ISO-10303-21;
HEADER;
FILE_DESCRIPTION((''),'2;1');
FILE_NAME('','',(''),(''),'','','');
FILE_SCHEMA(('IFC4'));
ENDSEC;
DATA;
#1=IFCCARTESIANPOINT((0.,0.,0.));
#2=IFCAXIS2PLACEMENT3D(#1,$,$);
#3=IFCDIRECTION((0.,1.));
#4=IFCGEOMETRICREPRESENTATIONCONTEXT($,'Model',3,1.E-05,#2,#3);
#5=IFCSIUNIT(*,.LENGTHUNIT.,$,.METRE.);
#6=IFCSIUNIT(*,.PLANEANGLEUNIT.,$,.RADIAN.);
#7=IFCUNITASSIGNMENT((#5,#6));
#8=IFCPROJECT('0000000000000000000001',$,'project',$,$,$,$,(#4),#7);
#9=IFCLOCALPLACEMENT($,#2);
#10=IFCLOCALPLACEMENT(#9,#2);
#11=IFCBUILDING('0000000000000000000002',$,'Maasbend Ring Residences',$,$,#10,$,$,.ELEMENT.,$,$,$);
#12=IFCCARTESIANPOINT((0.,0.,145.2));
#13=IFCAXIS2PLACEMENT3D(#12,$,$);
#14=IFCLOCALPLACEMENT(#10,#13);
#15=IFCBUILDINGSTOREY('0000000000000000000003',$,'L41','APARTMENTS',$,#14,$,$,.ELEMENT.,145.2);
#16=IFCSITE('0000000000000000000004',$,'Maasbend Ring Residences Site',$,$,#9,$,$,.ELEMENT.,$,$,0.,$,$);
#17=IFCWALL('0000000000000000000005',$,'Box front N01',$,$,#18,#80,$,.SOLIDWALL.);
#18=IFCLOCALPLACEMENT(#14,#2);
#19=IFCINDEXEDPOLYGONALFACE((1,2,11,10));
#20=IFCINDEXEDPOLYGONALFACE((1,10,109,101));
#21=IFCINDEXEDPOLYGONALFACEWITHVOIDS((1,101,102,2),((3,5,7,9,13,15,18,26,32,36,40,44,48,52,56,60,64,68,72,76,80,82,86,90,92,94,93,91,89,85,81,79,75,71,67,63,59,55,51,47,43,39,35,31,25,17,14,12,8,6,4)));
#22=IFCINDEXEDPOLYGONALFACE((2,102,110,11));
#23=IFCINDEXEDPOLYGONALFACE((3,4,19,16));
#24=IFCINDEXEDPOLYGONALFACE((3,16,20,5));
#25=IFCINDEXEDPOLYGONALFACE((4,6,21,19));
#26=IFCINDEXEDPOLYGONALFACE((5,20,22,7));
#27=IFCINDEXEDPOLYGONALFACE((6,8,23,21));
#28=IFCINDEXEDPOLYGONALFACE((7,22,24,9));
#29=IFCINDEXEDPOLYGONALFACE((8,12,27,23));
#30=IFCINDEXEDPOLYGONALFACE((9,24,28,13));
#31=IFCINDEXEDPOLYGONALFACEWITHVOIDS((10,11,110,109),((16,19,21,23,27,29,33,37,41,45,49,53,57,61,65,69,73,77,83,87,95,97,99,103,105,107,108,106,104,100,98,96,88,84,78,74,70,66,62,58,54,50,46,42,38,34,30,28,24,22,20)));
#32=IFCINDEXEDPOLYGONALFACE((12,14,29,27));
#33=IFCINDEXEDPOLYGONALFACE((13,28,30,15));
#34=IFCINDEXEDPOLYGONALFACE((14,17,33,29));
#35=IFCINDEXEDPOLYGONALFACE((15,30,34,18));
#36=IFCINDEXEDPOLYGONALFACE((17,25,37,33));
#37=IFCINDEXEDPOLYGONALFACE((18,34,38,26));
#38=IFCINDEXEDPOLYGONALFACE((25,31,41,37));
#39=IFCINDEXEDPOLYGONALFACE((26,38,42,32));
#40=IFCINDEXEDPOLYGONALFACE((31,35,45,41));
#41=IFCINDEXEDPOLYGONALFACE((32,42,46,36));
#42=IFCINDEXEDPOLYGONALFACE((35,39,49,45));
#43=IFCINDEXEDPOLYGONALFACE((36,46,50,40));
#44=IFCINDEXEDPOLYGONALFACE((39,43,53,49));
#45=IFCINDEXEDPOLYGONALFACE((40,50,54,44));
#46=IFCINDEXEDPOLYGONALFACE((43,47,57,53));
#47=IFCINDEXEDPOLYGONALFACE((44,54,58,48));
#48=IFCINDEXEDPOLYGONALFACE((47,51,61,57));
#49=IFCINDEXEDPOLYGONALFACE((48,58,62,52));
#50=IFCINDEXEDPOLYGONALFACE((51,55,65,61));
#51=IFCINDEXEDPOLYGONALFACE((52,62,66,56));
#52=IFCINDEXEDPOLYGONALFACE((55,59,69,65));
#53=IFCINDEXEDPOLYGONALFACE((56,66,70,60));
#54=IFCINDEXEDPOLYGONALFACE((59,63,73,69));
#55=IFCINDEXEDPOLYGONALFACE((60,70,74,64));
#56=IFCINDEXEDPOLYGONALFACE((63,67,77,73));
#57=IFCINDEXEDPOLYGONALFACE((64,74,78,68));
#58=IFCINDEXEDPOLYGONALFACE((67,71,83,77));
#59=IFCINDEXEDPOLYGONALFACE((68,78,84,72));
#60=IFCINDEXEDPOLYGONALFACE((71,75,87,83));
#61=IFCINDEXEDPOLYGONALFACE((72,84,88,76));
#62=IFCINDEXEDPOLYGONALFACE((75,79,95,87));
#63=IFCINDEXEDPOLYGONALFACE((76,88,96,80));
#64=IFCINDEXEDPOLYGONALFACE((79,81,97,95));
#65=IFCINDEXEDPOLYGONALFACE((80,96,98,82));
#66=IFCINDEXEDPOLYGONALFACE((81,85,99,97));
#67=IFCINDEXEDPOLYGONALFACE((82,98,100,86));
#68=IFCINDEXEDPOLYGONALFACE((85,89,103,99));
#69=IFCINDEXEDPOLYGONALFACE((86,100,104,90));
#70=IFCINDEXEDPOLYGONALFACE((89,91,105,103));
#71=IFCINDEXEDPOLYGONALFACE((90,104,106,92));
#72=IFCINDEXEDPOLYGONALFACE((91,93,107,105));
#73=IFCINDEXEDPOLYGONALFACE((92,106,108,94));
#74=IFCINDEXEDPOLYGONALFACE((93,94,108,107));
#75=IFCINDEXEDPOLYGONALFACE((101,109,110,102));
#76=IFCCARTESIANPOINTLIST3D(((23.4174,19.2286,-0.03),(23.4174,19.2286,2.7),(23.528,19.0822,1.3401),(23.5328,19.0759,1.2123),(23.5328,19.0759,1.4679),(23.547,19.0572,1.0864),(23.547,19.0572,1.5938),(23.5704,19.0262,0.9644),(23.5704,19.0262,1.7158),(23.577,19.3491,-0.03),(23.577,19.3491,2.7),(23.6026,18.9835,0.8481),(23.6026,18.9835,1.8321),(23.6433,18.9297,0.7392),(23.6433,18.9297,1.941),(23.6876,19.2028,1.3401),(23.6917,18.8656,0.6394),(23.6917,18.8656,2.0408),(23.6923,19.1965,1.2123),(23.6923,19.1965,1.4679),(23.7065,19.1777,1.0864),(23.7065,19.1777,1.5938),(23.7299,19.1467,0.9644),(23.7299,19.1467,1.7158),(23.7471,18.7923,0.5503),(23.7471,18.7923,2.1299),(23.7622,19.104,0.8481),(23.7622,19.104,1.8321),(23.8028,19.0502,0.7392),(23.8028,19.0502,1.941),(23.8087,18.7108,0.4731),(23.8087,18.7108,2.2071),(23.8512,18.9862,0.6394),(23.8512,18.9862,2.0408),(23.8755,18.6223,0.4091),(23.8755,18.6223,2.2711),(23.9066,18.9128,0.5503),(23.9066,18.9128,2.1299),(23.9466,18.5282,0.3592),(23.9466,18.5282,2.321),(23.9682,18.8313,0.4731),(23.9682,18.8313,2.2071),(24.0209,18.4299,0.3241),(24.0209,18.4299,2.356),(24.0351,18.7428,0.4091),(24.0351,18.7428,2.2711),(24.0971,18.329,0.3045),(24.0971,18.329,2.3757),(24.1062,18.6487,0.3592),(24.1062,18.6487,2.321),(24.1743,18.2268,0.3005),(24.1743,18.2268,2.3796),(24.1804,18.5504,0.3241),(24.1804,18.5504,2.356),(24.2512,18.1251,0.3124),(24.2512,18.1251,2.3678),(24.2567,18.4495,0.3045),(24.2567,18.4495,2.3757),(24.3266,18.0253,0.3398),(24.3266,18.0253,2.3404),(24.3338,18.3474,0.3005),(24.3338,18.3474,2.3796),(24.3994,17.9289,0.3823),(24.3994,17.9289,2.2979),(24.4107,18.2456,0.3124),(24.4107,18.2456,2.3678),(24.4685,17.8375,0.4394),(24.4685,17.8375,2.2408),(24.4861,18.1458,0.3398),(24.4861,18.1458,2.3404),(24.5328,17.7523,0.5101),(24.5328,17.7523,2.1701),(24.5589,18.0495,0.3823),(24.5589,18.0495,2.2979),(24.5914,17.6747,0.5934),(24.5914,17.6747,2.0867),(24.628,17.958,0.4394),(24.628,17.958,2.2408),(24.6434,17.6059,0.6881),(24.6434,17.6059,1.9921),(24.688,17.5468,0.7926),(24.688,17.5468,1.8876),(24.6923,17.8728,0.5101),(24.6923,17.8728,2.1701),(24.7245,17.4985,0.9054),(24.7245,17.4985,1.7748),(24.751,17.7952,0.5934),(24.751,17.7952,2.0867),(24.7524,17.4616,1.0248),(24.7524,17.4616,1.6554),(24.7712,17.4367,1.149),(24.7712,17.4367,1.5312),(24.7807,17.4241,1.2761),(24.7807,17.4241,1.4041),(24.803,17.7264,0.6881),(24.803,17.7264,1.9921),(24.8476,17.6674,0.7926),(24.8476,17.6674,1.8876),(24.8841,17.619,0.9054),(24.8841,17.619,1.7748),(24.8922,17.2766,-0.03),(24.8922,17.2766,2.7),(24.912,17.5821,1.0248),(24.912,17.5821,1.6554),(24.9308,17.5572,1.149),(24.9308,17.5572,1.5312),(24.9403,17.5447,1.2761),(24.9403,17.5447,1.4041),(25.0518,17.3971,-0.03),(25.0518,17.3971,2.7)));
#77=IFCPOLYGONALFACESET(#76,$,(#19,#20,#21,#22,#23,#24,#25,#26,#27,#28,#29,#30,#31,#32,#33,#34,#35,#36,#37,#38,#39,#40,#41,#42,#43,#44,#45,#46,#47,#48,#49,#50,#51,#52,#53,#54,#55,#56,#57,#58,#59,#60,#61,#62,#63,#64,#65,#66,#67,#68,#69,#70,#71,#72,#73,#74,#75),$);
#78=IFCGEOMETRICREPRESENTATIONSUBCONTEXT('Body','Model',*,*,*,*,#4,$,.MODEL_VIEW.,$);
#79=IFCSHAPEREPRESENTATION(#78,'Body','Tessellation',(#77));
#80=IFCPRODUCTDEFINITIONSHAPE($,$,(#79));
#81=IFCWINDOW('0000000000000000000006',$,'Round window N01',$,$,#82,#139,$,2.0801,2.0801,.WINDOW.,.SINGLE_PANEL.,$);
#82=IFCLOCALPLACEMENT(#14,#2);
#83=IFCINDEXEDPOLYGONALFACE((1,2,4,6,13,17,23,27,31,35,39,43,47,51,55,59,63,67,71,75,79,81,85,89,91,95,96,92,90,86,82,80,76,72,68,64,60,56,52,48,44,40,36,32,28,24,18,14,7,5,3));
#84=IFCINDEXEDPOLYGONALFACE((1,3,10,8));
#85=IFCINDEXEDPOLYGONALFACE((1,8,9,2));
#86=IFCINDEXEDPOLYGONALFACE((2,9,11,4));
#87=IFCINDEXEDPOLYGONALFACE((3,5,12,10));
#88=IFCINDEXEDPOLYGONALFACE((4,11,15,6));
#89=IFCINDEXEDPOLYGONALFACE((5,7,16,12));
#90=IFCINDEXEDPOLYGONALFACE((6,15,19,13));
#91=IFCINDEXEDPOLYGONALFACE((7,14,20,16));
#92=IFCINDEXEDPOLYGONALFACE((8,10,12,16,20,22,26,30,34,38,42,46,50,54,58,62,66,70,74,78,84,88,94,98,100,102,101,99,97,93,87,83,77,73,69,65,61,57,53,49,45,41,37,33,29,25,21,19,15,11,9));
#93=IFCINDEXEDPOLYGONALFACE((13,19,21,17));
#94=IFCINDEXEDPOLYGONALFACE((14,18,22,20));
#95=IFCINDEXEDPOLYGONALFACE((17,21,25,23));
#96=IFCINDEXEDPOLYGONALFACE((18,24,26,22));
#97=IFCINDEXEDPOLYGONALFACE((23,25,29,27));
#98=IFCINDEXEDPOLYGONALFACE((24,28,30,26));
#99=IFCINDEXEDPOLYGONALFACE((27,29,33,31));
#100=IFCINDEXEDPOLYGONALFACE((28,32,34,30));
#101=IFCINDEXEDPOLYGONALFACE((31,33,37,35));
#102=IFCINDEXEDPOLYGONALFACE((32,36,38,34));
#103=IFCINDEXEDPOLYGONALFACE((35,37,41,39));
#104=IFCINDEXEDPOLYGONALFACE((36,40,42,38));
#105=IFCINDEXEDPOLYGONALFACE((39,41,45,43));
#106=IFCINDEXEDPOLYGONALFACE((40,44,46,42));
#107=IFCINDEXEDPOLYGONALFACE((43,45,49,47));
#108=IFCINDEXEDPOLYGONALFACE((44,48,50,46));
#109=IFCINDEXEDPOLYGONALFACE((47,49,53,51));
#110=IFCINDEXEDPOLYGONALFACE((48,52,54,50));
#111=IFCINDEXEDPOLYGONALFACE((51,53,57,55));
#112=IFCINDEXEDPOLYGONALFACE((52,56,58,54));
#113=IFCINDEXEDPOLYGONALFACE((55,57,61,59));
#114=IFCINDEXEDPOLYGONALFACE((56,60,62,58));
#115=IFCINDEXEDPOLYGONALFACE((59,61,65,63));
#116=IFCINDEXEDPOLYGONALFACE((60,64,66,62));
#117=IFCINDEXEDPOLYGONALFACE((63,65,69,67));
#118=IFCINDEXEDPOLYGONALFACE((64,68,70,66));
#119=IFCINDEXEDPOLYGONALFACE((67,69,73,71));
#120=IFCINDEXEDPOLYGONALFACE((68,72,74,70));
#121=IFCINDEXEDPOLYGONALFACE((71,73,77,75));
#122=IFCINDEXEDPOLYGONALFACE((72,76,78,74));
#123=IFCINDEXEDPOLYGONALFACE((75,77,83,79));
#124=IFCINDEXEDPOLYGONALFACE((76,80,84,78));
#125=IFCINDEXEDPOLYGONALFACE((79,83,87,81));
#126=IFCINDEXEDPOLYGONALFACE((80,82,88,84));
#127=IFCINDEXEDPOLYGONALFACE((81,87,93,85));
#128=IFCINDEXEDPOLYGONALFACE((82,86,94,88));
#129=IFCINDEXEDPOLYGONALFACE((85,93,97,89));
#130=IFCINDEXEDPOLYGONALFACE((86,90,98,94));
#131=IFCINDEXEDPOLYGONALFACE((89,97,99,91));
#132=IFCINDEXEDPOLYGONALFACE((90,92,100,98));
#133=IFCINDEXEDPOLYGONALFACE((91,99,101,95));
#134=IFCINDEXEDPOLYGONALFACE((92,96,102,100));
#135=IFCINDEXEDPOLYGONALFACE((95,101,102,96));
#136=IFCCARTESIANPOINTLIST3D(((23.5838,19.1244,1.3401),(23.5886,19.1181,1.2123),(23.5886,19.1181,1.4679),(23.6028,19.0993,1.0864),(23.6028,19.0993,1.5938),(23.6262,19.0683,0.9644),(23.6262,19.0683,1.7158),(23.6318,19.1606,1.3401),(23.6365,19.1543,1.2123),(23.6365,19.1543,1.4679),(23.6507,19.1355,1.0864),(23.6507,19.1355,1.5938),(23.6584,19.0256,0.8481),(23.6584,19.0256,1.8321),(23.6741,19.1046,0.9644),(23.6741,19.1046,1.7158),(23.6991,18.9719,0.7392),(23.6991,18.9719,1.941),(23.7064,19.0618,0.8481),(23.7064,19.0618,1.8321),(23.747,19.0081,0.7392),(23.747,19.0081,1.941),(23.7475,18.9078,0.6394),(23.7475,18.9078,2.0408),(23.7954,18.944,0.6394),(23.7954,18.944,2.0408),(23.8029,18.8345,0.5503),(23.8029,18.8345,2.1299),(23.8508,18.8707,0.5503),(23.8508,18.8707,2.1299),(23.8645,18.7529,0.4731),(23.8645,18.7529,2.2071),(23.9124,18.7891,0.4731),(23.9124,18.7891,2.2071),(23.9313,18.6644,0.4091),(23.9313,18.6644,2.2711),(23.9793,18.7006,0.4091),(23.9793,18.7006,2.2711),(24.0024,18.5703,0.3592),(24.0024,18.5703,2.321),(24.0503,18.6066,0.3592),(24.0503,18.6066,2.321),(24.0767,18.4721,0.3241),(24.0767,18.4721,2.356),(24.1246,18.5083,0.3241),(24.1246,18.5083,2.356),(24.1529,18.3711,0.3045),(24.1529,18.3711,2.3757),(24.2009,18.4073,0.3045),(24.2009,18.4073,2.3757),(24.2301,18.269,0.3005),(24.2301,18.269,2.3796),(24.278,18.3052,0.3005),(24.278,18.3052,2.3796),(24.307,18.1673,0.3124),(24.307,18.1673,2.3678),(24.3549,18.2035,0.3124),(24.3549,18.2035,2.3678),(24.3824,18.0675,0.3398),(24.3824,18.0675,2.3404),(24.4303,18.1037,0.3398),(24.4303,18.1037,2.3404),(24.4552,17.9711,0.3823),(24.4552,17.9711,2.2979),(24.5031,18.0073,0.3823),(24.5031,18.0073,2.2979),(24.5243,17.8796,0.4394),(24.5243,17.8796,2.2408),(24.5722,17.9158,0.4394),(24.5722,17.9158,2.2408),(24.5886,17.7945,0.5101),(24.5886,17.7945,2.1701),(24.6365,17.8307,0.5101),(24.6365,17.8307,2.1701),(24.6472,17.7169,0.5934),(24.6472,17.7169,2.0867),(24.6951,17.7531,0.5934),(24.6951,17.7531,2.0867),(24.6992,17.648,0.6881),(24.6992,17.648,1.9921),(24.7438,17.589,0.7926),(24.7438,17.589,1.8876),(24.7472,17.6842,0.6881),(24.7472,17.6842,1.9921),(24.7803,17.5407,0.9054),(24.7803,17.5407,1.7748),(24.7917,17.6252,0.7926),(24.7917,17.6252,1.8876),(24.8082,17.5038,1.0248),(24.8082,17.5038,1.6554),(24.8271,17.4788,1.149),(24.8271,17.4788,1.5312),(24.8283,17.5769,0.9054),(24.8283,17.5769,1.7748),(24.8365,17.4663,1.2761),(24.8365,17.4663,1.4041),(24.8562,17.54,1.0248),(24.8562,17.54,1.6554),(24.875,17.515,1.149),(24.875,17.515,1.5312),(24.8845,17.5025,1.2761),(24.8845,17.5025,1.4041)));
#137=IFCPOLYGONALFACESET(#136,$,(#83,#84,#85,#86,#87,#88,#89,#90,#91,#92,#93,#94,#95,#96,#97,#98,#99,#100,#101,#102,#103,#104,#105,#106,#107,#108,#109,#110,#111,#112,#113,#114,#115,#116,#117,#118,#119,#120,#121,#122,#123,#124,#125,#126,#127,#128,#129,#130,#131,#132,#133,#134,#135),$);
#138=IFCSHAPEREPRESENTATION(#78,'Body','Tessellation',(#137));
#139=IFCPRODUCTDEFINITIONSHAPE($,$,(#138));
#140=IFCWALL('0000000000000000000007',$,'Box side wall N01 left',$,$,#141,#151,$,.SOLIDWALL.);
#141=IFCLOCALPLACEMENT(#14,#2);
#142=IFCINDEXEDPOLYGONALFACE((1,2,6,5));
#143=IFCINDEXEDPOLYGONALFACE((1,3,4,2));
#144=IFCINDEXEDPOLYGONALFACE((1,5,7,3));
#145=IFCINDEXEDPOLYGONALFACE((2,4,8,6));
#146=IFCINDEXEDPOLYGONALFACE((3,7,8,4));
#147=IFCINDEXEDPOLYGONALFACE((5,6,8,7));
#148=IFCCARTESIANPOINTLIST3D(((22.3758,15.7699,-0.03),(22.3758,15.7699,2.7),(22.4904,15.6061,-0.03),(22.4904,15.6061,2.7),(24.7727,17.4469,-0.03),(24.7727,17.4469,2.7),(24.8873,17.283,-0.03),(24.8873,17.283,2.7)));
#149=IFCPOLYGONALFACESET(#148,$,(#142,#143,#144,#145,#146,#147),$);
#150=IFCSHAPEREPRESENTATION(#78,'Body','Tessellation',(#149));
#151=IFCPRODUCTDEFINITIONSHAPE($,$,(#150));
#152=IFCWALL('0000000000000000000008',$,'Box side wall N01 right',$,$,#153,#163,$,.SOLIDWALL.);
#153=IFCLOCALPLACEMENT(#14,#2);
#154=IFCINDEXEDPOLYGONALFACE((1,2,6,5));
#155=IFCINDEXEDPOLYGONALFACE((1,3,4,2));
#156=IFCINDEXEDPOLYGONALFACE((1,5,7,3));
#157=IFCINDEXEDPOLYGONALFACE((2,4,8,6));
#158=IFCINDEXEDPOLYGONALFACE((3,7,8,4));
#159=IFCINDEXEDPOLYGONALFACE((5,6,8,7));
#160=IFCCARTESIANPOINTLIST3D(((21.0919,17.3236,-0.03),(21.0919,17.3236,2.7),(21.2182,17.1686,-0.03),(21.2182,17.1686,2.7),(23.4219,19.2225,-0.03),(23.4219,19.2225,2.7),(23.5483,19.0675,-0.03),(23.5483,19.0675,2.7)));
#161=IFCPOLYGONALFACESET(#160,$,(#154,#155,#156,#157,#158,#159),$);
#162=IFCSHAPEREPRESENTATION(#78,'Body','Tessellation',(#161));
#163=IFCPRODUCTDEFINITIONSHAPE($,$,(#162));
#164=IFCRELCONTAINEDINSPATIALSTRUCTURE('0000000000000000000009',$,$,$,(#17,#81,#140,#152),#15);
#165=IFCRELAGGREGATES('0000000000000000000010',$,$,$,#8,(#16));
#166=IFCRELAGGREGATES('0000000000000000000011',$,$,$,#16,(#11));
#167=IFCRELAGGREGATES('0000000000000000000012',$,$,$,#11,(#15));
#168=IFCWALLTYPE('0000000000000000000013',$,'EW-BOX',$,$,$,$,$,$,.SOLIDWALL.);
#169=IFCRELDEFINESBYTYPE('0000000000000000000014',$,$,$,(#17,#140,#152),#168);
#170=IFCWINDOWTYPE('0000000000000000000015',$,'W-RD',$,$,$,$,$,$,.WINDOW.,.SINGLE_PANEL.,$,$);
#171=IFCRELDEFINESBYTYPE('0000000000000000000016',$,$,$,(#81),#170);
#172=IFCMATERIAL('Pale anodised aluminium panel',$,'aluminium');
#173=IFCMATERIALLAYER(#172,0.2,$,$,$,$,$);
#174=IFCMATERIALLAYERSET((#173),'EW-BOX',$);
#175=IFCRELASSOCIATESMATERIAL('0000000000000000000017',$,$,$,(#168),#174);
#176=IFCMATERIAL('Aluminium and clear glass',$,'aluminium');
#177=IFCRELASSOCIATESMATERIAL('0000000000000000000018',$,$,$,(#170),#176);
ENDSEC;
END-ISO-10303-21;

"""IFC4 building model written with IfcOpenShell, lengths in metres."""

from ifc_helpers import new_model, si_unit, direction, frame, frame_2d, origin, place, context, subcontext, project, spatial, rectangle, circle, extrude, material, layer, layer_set, type_object, element, fill, save


model = new_model("IFC4")

# Units and contexts
model_context = context("Model", 3, precision=1e-05, world=origin(), true_north=direction((0.0, 1.0)))
body_context = subcontext(model_context, "Body", "Model", "MODEL_VIEW")
ifc_project = project(units=[si_unit("LENGTHUNIT", "METRE"), si_unit("PLANEANGLEUNIT", "RADIAN")], contexts=[model_context])

# Site, building, storey
site_placement = place(None, origin())
site = spatial("IfcSite", under=ifc_project, at=site_placement, Name="Maasbend Ring Residences Site", CompositionType="ELEMENT", RefElevation=0.0)
building_placement = place(site_placement, origin())
building = spatial("IfcBuilding", under=site, at=building_placement, Name="Maasbend Ring Residences", CompositionType="ELEMENT")
storey_placement = place(building_placement, frame((0.0, 0.0, 145.2)))
storey = spatial("IfcBuildingStorey", under=building, at=storey_placement, Name="L41", Description="APARTMENTS", CompositionType="ELEMENT", Elevation=145.2)

# Wall, opening, window
ifc_material_1 = material(Name="Pale anodised aluminium panel", Category="aluminium")
ifc_layer_1 = layer(ifc_material_1, 0.2)
ifc_layer_set_1 = layer_set([ifc_layer_1], Name="EW-BOX")
wall_type_1 = type_object("IfcWallType", Name="EW-BOX", PredefinedType="SOLIDWALL", material=ifc_layer_set_1)
wall_1_placement = place(storey_placement, frame((24.9719, 17.3369, -0.03), z_axis=(0.0, 0.0, 1.0), x_axis=(-0.602806, 0.797888, 0.0)))
wall_1 = element("IfcWall", 1, at=wall_1_placement, inside=storey, type_object=wall_type_1, Name="Box front N01", PredefinedType="SOLIDWALL", context=body_context, shape_type="SweptSolid", body=[
    extrude(rectangle(XDim=2.4465, YDim=0.2, at=frame_2d((1.2231, 0.0))), origin(), (0.0, 0.0, 1.0), 2.73),
])
opening_1_placement = place(wall_1_placement, frame((0.1829, 0.0, 0.3301)))
opening_1 = element("IfcOpeningElement", 2, at=opening_1_placement, cuts=wall_1, PredefinedType="OPENING", context=body_context, shape_type="SweptSolid", body=[
    extrude(circle(Radius=1.04, at=frame_2d((1.04, 1.04))), frame((0.0, 0.1099, 0.0), z_axis=(0.0, -1.0, 0.0), x_axis=(1.0, 0.0, 0.0)), (0.0, 0.0, 1.0), 0.22),
])
ifc_material_2 = material(Name="Aluminium and clear glass", Category="aluminium")
window_type_1 = type_object("IfcWindowType", Name="W-RD", PartitioningType="SINGLE_PANEL", PredefinedType="WINDOW", material=ifc_material_2)
window_1_placement = place(opening_1_placement, origin())
window_1 = element("IfcWindow", 3, at=window_1_placement, inside=storey, type_object=window_type_1, Name="Round window N01", OverallHeight=2.0801, OverallWidth=2.0801, PartitioningType="SINGLE_PANEL", PredefinedType="WINDOW", context=body_context, shape_type="SweptSolid", body=[
    extrude(circle(Radius=1.04, at=frame_2d((1.04, 1.04))), frame((0.0, 0.03, 0.0), z_axis=(0.0, -1.0, 0.0), x_axis=(1.0, 0.0, 0.0)), (0.0, 0.0, 1.0), 0.0601),
])
fill(opening_1, window_1)

# Walls
wall_2_placement = place(storey_placement, frame((22.4331, 15.688, -0.03), z_axis=(0.0, 0.0, 1.0), x_axis=(0.819373, 0.573261, 0.0)))
element("IfcWall", 4, at=wall_2_placement, inside=storey, type_object=wall_type_1, Name="Box side wall N01 left", PredefinedType="SOLIDWALL", context=body_context, shape_type="SweptSolid", body=[
    extrude(rectangle(XDim=2.9253, YDim=0.2, at=frame_2d((1.4626, 0.0))), origin(), (0.0, 0.0, 1.0), 2.73),
])
wall_3_placement = place(storey_placement, frame((21.155, 17.2461, -0.03), z_axis=(0.0, 0.0, 1.0), x_axis=(0.775179, 0.631742, 0.0)))
element("IfcWall", 5, at=wall_3_placement, inside=storey, type_object=wall_type_1, Name="Box side wall N01 right", PredefinedType="SOLIDWALL", context=body_context, shape_type="SweptSolid", body=[
    extrude(rectangle(XDim=3.0059, YDim=0.2, at=frame_2d((1.5029, 0.0))), origin(), (0.0, 0.0, 1.0), 2.73),
])

save(model, "model.ifc")
